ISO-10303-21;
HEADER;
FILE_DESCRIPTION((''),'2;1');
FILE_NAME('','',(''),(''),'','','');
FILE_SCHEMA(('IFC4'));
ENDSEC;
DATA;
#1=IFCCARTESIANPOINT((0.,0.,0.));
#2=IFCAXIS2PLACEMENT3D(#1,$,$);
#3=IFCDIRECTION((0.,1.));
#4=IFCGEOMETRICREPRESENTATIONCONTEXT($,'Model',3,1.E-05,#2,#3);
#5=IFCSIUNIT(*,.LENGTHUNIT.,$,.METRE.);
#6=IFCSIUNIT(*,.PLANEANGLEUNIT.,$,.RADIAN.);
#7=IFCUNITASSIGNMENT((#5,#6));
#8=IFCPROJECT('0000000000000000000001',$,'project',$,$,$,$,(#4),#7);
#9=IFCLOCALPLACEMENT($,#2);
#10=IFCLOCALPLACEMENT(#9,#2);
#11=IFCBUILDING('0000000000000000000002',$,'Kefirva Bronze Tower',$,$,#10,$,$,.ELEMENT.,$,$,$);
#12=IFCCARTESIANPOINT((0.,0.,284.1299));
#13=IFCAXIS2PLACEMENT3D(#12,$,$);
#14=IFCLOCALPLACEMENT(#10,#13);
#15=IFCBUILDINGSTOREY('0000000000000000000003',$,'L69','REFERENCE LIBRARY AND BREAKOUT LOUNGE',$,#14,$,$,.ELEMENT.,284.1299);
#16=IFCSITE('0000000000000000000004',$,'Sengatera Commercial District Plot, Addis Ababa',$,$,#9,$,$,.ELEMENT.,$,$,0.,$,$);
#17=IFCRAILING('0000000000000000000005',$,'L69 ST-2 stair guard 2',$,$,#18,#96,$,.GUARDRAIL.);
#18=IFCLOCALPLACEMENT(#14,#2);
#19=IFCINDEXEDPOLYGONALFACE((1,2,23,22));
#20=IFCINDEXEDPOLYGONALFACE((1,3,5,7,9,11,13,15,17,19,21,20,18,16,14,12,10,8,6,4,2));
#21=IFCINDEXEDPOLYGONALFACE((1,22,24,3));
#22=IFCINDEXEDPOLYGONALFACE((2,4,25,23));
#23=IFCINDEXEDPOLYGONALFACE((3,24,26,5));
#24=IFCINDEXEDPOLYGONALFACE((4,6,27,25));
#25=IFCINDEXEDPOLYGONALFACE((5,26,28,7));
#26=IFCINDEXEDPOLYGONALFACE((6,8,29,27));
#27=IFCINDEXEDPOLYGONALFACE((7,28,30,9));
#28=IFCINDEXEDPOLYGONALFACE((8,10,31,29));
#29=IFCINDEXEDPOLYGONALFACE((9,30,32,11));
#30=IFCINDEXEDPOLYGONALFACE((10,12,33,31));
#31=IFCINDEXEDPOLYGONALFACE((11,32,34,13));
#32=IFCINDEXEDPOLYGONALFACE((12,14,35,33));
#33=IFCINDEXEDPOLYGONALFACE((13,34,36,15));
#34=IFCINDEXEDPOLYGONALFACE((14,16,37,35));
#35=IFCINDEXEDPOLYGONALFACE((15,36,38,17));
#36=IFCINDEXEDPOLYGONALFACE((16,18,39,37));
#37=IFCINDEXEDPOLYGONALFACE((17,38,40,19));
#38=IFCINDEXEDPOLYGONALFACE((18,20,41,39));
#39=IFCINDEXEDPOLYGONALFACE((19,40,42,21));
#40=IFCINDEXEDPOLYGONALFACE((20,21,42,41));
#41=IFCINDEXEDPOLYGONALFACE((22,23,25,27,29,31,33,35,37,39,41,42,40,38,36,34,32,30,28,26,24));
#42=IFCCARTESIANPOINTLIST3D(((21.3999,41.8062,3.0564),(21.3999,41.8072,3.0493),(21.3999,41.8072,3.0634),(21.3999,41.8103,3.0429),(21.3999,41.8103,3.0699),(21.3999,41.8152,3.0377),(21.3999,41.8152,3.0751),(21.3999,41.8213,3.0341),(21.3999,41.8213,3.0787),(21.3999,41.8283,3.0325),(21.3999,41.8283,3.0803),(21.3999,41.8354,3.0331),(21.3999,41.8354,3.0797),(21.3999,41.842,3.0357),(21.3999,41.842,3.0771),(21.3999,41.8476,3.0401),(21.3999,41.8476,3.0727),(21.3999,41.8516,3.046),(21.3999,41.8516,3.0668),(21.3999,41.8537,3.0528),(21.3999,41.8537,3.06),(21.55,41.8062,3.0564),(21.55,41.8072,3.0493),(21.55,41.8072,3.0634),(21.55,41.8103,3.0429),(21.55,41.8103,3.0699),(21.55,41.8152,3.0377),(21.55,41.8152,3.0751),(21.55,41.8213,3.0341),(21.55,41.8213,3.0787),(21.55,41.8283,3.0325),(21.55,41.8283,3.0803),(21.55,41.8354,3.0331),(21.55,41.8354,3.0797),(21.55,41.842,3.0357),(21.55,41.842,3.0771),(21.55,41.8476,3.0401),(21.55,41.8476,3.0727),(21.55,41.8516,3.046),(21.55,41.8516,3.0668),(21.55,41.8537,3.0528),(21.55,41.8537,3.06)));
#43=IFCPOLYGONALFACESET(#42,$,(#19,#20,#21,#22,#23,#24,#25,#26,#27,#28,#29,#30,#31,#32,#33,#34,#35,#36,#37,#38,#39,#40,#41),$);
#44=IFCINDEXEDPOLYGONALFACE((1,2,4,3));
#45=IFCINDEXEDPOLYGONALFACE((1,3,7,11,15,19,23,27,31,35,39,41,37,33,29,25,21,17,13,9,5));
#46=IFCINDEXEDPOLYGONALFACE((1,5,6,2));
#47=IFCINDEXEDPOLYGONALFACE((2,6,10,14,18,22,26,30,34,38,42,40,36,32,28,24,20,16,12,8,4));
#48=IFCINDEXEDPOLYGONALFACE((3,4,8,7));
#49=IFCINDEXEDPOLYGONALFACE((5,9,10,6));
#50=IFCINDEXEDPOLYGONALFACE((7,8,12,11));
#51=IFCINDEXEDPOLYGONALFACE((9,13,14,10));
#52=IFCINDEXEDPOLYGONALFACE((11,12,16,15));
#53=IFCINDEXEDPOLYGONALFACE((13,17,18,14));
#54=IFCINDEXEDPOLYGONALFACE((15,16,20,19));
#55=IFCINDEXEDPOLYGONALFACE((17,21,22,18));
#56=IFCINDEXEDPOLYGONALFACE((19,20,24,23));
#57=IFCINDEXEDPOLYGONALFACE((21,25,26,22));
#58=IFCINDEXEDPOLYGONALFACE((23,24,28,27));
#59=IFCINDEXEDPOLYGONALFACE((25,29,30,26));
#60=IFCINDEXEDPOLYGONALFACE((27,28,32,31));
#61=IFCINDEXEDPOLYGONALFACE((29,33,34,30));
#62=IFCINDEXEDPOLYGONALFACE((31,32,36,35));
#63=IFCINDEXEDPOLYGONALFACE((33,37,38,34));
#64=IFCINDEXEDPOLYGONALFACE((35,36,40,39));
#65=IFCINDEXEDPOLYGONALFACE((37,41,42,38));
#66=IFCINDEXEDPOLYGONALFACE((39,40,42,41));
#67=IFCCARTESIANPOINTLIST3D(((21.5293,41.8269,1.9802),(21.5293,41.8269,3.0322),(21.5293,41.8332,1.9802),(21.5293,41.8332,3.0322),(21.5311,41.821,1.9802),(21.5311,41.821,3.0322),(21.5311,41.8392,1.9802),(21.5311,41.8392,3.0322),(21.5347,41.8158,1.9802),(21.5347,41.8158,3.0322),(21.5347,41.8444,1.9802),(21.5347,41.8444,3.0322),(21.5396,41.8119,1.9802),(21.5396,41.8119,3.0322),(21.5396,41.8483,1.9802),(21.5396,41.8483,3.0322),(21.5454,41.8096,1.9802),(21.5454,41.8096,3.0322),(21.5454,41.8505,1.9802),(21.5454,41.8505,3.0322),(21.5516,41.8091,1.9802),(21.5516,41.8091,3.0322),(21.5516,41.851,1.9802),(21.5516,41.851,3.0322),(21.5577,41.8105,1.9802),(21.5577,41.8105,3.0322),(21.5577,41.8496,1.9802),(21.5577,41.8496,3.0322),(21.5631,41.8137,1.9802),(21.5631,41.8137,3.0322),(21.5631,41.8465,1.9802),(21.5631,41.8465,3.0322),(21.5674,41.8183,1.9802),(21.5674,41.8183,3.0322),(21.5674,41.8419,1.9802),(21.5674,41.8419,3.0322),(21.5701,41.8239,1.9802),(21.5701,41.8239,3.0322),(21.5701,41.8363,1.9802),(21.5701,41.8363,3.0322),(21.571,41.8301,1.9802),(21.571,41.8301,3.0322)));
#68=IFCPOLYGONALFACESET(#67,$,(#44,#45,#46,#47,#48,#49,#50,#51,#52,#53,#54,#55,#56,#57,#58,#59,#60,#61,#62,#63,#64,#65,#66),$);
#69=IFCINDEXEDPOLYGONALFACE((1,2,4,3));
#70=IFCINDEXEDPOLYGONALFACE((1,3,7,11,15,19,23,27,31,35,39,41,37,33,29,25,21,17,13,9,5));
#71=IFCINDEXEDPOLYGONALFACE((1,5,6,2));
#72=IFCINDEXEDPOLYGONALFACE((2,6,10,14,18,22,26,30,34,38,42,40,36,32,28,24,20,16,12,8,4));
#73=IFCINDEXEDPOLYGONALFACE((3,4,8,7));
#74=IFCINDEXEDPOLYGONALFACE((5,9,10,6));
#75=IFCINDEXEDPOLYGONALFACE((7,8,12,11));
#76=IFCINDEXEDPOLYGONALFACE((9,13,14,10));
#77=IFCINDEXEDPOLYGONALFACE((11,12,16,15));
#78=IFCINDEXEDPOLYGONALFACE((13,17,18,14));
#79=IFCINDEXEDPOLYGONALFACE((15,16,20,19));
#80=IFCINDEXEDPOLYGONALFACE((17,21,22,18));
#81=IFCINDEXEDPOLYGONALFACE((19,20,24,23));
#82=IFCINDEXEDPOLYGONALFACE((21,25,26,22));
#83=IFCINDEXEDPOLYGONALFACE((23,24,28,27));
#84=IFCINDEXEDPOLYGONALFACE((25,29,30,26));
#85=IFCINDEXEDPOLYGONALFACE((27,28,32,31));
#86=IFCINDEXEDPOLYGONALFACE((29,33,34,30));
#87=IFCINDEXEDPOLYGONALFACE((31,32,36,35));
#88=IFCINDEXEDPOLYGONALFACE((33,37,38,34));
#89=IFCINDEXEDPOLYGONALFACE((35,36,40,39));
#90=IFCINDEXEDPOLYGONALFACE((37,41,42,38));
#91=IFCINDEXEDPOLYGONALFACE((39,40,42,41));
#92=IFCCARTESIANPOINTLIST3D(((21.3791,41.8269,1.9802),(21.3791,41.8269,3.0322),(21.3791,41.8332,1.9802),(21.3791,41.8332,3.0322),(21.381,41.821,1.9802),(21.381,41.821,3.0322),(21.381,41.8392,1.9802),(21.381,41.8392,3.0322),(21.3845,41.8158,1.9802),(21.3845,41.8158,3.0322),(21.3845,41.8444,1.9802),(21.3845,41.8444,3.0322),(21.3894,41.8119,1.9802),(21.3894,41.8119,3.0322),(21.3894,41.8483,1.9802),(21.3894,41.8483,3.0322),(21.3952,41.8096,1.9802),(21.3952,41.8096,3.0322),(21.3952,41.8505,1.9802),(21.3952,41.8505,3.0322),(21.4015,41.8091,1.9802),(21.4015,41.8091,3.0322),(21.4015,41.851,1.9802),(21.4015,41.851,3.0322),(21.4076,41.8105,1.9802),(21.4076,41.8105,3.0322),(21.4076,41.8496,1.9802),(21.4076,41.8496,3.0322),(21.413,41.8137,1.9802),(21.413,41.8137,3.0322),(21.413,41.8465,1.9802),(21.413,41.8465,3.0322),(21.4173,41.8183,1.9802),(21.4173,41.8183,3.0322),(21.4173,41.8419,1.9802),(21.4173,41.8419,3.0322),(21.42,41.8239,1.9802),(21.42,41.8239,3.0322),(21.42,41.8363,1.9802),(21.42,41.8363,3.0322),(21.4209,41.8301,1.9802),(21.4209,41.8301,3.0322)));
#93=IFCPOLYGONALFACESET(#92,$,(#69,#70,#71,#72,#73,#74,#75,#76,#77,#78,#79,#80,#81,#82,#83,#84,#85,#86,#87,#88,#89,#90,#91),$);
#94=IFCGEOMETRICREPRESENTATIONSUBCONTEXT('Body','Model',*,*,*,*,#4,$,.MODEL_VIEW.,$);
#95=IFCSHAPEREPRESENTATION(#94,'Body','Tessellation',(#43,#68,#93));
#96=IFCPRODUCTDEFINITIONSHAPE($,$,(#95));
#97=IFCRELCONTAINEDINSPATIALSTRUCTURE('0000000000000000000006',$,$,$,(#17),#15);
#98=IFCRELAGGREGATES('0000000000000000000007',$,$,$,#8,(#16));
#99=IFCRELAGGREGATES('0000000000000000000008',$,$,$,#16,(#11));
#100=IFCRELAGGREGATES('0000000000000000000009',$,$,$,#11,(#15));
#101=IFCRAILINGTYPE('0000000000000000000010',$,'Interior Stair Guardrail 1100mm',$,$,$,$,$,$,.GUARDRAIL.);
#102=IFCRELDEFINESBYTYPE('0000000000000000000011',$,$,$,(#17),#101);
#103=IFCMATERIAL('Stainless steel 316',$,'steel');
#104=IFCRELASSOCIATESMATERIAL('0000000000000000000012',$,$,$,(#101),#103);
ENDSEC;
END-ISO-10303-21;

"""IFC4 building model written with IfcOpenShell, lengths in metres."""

from ifc_helpers import new_model, si_unit, direction, frame, origin, origin_2d, place, context, subcontext, project, spatial, circle, extrude, material, type_object, element, save


model = new_model("IFC4")

# Units and contexts
model_context = context("Model", 3, precision=1e-05, world=origin(), true_north=direction((0.0, 1.0)))
body_context = subcontext(model_context, "Body", "Model", "MODEL_VIEW")
ifc_project = project(units=[si_unit("LENGTHUNIT", "METRE"), si_unit("PLANEANGLEUNIT", "RADIAN")], contexts=[model_context])

# Site, building, storey
site_placement = place(None, origin())
site = spatial("IfcSite", under=ifc_project, at=site_placement, Name="Sengatera Commercial District Plot, Addis Ababa", CompositionType="ELEMENT", RefElevation=0.0)
building_placement = place(site_placement, origin())
building = spatial("IfcBuilding", under=site, at=building_placement, Name="Kefirva Bronze Tower", CompositionType="ELEMENT")
storey_placement = place(building_placement, frame((0.0, 0.0, 284.1299)))
storey = spatial("IfcBuildingStorey", under=building, at=storey_placement, Name="L69", Description="REFERENCE LIBRARY AND BREAKOUT LOUNGE", CompositionType="ELEMENT", Elevation=284.1299)

# Railing
ifc_material_1 = material(Name="Stainless steel 316", Category="steel")
railing_type_1 = type_object("IfcRailingType", Name="Interior Stair Guardrail 1100mm", PredefinedType="GUARDRAIL", material=ifc_material_1)
railing_1_placement = place(storey_placement, frame((21.55, 41.8301, 1.9802)))
element("IfcRailing", 1, at=railing_1_placement, inside=storey, type_object=railing_type_1, Name="L69 ST-2 stair guard 2", PredefinedType="GUARDRAIL", context=body_context, shape_type="SweptSolid", body=[
    extrude(circle(Radius=0.0239, at=origin_2d()), frame((0.0, 0.0, 1.0762), z_axis=(-1.0, 0.0, 0.0), x_axis=(0.0, -1.0, 0.0)), (0.0, 0.0, 1.0), 0.1501),
    extrude(circle(Radius=0.021, at=origin_2d()), origin(), (0.0, 0.0, 1.0), 1.052),
    extrude(circle(Radius=0.021, at=origin_2d()), frame((-0.1501, 0.0, 0.0)), (0.0, 0.0, 1.0), 1.052),
])

save(model, "model.ifc")
